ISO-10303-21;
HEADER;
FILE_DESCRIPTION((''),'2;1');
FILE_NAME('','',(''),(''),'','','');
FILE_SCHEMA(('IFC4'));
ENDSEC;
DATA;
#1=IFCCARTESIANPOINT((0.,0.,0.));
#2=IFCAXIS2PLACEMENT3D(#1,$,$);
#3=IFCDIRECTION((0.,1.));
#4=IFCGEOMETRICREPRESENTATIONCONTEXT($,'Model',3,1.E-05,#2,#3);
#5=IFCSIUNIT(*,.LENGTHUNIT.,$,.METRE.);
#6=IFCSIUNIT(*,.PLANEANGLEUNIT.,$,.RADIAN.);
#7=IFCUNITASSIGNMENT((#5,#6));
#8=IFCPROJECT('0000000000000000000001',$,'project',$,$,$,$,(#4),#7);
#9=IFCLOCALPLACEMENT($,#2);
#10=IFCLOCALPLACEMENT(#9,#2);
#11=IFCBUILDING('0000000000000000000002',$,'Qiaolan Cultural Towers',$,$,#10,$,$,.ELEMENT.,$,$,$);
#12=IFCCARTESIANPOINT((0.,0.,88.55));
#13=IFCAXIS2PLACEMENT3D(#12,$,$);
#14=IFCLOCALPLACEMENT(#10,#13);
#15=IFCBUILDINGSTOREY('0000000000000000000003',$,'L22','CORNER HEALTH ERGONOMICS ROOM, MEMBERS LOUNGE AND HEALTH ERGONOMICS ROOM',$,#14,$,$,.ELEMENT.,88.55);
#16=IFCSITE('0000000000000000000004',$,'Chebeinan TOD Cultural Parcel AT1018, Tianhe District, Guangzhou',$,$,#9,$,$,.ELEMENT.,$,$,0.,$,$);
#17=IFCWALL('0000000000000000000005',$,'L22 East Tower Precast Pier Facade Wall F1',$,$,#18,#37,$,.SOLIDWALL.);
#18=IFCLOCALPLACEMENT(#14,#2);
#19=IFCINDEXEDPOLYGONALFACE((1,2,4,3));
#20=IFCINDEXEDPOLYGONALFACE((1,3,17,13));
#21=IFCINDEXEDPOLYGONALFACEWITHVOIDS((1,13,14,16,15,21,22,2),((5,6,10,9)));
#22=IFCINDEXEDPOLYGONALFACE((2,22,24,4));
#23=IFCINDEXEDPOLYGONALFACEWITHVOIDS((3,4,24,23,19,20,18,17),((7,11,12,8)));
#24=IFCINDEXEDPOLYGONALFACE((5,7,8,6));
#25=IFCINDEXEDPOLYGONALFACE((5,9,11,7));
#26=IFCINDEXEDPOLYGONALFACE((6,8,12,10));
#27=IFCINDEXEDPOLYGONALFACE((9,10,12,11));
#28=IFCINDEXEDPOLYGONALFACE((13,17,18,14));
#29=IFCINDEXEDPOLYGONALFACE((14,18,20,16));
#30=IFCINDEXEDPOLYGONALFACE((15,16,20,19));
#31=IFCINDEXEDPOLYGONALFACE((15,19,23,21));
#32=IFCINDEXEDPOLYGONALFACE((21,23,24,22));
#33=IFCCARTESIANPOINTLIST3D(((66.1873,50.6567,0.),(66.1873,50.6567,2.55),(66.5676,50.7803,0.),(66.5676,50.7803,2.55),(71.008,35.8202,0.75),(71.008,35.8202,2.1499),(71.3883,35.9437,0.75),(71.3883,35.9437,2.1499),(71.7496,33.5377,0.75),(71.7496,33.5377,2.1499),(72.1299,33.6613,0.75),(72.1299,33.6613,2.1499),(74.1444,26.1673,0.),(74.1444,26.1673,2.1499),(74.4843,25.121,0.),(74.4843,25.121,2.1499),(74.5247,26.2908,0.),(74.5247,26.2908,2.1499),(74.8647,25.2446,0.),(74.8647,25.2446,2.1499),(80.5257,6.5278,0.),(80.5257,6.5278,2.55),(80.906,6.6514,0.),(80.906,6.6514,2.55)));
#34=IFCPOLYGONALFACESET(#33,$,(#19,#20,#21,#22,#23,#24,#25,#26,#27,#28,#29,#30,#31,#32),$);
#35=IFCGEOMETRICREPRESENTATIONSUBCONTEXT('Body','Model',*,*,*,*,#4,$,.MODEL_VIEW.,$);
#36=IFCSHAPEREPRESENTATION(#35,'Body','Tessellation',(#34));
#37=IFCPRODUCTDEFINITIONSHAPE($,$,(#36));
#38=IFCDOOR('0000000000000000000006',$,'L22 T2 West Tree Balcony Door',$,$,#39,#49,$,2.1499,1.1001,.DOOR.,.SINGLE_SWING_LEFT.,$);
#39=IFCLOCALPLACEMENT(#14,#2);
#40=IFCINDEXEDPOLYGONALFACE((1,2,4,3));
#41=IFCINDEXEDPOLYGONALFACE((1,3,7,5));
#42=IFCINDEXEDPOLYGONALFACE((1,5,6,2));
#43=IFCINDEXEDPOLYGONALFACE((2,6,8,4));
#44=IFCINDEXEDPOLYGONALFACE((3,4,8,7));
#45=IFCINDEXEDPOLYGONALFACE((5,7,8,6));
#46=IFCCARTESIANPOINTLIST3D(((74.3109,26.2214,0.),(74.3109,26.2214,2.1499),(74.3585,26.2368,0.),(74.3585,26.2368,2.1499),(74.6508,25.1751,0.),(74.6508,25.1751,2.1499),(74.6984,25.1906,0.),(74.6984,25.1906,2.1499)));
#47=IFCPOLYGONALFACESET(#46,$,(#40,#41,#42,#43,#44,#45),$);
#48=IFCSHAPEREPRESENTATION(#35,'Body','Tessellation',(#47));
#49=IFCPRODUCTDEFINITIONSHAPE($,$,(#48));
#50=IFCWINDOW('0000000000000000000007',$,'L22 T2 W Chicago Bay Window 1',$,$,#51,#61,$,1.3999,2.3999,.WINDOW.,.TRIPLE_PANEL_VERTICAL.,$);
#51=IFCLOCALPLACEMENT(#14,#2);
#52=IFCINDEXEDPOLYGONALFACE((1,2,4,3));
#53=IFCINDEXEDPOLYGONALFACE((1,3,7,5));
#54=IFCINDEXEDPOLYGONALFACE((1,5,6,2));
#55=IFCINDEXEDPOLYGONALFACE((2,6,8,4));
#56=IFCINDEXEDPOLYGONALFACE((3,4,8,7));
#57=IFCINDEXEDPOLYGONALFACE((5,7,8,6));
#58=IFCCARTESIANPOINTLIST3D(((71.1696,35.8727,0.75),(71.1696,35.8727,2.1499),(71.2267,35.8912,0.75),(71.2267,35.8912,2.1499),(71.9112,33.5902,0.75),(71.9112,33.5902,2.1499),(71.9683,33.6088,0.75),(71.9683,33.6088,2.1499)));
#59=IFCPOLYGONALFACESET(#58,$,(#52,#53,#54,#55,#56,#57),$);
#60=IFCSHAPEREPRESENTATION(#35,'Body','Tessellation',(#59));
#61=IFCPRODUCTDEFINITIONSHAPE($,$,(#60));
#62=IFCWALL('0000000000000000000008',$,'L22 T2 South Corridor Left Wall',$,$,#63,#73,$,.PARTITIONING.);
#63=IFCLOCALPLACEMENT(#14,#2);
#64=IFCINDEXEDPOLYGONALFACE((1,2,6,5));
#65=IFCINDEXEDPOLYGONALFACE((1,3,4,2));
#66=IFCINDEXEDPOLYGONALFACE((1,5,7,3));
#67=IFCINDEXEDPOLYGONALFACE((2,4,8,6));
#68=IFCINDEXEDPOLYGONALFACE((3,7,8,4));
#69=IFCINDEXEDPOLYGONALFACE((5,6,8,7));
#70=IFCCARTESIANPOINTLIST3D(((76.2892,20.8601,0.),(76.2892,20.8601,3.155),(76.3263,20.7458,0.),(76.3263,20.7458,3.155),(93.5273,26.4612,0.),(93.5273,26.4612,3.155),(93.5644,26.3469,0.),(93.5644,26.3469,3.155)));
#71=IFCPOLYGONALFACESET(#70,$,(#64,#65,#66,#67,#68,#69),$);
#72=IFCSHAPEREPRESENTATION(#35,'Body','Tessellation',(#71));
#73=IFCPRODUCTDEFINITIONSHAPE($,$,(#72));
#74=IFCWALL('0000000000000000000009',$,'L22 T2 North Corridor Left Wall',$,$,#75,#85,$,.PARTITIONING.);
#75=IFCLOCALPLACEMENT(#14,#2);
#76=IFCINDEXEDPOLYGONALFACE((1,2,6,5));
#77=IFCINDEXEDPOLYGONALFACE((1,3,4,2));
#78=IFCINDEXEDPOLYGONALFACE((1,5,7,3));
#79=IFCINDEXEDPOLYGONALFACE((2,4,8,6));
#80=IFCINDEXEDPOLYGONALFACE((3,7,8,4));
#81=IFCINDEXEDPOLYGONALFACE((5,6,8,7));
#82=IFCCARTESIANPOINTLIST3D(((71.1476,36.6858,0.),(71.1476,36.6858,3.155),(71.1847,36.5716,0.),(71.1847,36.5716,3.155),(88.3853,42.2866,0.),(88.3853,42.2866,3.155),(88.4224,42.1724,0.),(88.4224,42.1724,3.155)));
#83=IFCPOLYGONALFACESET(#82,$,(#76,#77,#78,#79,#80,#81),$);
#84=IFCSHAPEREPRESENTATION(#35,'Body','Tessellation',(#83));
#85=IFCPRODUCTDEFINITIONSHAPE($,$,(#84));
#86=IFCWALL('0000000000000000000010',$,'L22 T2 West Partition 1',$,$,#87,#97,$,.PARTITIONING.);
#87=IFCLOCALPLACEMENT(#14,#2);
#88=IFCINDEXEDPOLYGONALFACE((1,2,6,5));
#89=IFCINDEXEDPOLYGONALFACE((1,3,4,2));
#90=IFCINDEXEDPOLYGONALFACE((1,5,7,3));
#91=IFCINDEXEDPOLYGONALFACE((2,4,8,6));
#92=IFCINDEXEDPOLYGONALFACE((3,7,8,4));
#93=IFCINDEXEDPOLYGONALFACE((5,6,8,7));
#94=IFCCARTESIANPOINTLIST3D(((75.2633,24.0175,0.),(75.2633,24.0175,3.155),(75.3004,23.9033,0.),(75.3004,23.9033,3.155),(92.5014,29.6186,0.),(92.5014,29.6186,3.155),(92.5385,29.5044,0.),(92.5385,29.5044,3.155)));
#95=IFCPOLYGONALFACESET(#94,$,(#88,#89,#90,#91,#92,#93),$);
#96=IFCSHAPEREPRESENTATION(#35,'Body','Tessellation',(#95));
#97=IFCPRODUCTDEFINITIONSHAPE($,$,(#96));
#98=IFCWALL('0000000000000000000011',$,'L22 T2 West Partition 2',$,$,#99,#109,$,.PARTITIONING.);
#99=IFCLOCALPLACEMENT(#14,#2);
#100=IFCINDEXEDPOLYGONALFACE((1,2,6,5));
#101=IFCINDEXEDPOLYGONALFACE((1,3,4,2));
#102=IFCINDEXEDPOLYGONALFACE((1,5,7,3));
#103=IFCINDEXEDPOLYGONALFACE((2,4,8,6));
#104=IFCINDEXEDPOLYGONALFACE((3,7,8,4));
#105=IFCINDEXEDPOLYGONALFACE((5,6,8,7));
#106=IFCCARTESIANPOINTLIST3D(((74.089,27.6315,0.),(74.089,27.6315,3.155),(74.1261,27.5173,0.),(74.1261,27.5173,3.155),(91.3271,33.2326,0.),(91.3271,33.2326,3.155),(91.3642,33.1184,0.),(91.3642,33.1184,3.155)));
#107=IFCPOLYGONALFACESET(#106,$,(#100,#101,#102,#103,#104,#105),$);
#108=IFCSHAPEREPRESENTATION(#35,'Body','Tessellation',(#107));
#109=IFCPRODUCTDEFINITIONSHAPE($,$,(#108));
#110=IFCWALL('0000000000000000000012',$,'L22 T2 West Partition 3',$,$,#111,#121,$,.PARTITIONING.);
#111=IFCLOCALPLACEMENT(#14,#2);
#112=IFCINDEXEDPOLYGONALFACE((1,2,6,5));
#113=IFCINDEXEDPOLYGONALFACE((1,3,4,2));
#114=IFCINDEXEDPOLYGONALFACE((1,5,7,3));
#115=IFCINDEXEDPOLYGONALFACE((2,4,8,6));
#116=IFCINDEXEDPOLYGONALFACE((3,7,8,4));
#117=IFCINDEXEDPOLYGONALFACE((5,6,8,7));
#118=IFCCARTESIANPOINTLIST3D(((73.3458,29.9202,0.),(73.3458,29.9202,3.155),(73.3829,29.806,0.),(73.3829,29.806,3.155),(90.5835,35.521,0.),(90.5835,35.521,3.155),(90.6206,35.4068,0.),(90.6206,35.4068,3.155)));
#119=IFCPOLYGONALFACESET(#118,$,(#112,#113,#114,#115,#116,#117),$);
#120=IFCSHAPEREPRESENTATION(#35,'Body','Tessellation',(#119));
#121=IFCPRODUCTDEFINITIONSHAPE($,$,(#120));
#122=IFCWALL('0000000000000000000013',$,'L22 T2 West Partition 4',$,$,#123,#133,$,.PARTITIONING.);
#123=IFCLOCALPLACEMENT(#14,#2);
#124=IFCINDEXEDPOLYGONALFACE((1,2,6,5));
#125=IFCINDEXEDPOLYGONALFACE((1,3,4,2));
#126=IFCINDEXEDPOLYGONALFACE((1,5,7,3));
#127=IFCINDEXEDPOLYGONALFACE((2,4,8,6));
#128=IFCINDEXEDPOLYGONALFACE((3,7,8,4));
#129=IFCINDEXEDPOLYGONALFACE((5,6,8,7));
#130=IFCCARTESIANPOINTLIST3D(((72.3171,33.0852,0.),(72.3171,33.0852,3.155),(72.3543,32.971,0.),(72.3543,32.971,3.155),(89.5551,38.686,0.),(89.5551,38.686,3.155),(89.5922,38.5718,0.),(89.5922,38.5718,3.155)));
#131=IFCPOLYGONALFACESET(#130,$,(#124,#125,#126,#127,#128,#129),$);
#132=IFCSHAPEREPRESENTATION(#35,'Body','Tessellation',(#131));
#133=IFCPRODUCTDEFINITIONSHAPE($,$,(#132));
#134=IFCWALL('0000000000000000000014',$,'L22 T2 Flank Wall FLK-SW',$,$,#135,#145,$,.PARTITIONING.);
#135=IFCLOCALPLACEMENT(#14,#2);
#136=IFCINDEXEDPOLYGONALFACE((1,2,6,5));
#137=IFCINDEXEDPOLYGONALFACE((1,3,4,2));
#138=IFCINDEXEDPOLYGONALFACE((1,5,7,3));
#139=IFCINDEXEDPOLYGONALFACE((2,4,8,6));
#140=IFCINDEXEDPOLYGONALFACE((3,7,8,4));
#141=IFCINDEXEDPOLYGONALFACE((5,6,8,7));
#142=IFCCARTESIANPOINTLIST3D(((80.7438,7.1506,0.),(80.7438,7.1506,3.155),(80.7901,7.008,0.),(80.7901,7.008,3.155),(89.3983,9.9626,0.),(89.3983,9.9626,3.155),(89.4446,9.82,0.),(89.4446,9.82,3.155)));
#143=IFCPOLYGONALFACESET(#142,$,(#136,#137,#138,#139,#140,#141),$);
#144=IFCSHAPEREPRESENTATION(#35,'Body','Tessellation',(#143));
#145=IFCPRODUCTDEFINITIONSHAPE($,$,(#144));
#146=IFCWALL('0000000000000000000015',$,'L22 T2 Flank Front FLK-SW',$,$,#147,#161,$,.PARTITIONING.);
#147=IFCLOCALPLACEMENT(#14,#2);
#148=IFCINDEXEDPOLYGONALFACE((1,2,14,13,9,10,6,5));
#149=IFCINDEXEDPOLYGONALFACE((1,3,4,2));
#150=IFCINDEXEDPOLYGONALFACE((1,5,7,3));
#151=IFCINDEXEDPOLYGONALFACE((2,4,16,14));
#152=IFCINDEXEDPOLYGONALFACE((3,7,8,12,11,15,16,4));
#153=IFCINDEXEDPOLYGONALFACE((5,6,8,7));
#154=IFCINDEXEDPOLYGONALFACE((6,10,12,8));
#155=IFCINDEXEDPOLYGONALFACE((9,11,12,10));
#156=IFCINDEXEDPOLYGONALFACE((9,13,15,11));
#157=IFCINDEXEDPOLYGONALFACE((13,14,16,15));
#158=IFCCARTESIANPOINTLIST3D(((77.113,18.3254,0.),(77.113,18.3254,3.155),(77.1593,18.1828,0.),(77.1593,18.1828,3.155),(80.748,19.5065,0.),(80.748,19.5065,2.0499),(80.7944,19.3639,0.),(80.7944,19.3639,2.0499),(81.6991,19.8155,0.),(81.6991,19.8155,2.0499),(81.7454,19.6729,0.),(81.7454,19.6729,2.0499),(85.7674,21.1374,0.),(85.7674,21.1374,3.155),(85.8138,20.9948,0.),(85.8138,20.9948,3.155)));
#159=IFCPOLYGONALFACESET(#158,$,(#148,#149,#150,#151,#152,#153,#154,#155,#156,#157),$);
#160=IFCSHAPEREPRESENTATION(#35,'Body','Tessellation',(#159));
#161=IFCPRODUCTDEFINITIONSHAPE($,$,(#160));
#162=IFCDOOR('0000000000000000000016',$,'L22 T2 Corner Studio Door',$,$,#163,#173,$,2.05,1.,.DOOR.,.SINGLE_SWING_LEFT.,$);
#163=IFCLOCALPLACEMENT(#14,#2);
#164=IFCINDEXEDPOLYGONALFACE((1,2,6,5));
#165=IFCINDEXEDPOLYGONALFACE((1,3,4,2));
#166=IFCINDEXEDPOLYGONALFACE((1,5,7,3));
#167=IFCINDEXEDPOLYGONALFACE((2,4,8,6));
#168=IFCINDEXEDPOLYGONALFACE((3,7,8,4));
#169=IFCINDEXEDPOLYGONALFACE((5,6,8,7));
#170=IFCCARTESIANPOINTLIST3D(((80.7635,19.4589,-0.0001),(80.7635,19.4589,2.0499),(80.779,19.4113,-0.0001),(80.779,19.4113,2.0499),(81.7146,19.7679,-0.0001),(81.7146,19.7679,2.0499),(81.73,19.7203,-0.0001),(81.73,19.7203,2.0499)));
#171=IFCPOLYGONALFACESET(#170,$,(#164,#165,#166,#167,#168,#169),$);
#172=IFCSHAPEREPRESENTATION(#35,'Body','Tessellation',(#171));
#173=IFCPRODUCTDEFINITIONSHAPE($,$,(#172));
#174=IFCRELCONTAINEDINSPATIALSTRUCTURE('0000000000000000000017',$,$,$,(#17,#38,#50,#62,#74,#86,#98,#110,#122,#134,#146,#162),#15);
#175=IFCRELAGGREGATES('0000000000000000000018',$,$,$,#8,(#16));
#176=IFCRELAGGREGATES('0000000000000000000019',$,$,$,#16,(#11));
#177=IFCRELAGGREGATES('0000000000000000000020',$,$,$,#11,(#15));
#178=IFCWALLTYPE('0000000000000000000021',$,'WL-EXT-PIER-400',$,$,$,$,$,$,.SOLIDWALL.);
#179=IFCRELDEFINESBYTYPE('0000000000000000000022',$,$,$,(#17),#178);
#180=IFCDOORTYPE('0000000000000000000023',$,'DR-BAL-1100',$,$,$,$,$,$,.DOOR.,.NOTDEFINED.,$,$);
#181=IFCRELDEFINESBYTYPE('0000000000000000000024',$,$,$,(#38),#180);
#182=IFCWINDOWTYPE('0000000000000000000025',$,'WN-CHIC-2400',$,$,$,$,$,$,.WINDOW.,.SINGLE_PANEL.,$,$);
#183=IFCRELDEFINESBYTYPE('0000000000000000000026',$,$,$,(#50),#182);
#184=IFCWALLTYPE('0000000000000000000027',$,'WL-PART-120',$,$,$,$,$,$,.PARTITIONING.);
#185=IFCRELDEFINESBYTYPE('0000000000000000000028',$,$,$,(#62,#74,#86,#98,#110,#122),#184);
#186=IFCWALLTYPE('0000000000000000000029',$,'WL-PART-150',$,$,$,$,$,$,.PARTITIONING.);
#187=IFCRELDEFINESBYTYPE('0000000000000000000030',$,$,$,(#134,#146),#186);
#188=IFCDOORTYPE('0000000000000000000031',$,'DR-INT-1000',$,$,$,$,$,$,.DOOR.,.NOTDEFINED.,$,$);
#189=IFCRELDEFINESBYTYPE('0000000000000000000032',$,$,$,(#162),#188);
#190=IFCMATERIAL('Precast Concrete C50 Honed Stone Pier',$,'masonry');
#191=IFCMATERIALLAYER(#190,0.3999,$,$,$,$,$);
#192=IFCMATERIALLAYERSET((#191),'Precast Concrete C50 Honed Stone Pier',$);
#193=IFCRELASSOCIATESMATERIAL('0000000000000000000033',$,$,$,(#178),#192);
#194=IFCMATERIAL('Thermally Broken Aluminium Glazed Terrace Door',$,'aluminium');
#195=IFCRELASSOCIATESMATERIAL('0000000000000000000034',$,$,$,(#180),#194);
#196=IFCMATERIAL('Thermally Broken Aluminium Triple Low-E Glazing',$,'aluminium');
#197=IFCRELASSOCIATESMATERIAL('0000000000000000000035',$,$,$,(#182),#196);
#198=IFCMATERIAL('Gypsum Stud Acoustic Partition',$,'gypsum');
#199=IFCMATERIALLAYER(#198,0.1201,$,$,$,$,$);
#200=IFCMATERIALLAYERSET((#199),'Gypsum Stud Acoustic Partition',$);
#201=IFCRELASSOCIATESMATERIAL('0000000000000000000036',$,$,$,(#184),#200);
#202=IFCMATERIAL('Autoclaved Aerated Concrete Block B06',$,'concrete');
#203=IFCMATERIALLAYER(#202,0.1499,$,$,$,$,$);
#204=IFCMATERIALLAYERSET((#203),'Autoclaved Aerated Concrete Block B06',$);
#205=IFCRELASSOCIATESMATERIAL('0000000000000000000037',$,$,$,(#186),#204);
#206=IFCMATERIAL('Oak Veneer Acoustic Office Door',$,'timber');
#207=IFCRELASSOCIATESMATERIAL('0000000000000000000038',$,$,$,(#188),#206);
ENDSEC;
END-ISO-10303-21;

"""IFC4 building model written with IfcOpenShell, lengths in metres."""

from ifc_helpers import new_model, si_unit, direction, frame, frame_2d, origin, place, context, subcontext, project, spatial, rectangle, extrude, material, layer, layer_set, type_object, element, fill, save


model = new_model("IFC4")

# Units and contexts
model_context = context("Model", 3, precision=1e-05, world=origin(), true_north=direction((0.0, 1.0)))
body_context = subcontext(model_context, "Body", "Model", "MODEL_VIEW")
ifc_project = project(units=[si_unit("LENGTHUNIT", "METRE"), si_unit("PLANEANGLEUNIT", "RADIAN")], contexts=[model_context])

# Site, building, storey
site_placement = place(None, origin())
site = spatial("IfcSite", under=ifc_project, at=site_placement, Name="Chebeinan TOD Cultural Parcel AT1018, Tianhe District, Guangzhou", CompositionType="ELEMENT", RefElevation=0.0)
building_placement = place(site_placement, origin())
building = spatial("IfcBuilding", under=site, at=building_placement, Name="Qiaolan Cultural Towers", CompositionType="ELEMENT")
storey_placement = place(building_placement, frame((0.0, 0.0, 88.55)))
storey = spatial("IfcBuildingStorey", under=building, at=storey_placement, Name="L22", Description="CORNER HEALTH ERGONOMICS ROOM, MEMBERS LOUNGE AND HEALTH ERGONOMICS ROOM", CompositionType="ELEMENT", Elevation=88.55)

# Wall, openings, door, window
ifc_material_1 = material(Name="Precast Concrete C50 Honed Stone Pier", Category="masonry")
ifc_layer_1 = layer(ifc_material_1, 0.3999)
ifc_layer_set_1 = layer_set([ifc_layer_1], Name="Precast Concrete C50 Honed Stone Pier")
wall_type_1 = type_object("IfcWallType", Name="WL-EXT-PIER-400", PredefinedType="SOLIDWALL", material=ifc_layer_set_1)
wall_1_placement = place(storey_placement, frame((80.7158, 6.5896, 0.0), z_axis=(0.0, 0.0, 1.0), x_axis=(-0.309018, 0.951056, 0.0)))
wall_1 = element("IfcWall", 1, at=wall_1_placement, inside=storey, type_object=wall_type_1, Name="L22 East Tower Precast Pier Facade Wall F1", PredefinedType="SOLIDWALL", context=body_context, shape_type="SweptSolid", body=[
    extrude(rectangle(XDim=46.3999, YDim=0.3999, at=frame_2d((23.2, 0.0))), origin(), (0.0, 0.0, 1.0), 2.55),
])
opening_1_placement = place(wall_1_placement, frame((28.3999, 0.0, 0.75)))
opening_1 = element("IfcOpeningElement", 2, at=opening_1_placement, cuts=wall_1, PredefinedType="OPENING", context=body_context, shape_type="SweptSolid", body=[
    extrude(rectangle(XDim=2.3999, YDim=1.3999, at=frame_2d((1.2, 0.7))), frame((0.0, 0.21, 0.0), z_axis=(0.0, -1.0, 0.0), x_axis=(1.0, 0.0, 0.0)), (0.0, 0.0, 1.0), 0.4199),
])
opening_2_placement = place(wall_1_placement, frame((19.55, 0.0, 0.0)))
opening_2 = element("IfcOpeningElement", 3, at=opening_2_placement, cuts=wall_1, PredefinedType="OPENING", context=body_context, shape_type="SweptSolid", body=[
    extrude(rectangle(XDim=1.1001, YDim=2.1499, at=frame_2d((0.55, 1.075))), frame((0.0, 0.21, 0.0), z_axis=(0.0, -1.0, 0.0), x_axis=(1.0, 0.0, 0.0)), (0.0, 0.0, 1.0), 0.4199),
])
ifc_material_2 = material(Name="Thermally Broken Aluminium Glazed Terrace Door", Category="aluminium")
door_type_1 = type_object("IfcDoorType", Name="DR-BAL-1100", OperationType="NOTDEFINED", PredefinedType="DOOR", material=ifc_material_2)
door_1_placement = place(opening_2_placement, origin())
door_1 = element("IfcDoor", 4, at=door_1_placement, inside=storey, type_object=door_type_1, Name="L22 T2 West Tree Balcony Door", OperationType="SINGLE_SWING_LEFT", OverallHeight=2.1499, OverallWidth=1.1001, PredefinedType="DOOR", context=body_context, shape_type="SweptSolid", body=[
    extrude(rectangle(XDim=1.1001, YDim=2.1499, at=frame_2d((0.55, 1.075))), frame((0.0, 0.0249, 0.0), z_axis=(0.0, -1.0, 0.0), x_axis=(1.0, 0.0, 0.0)), (0.0, 0.0, 1.0), 0.05),
])
fill(opening_2, door_1)
ifc_material_3 = material(Name="Thermally Broken Aluminium Triple Low-E Glazing", Category="aluminium")
window_type = type_object("IfcWindowType", Name="WN-CHIC-2400", PartitioningType="SINGLE_PANEL", PredefinedType="WINDOW", material=ifc_material_3)
window_placement = place(opening_1_placement, origin())
window = element("IfcWindow", 5, at=window_placement, inside=storey, type_object=window_type, Name="L22 T2 W Chicago Bay Window 1", OverallHeight=1.3999, OverallWidth=2.3999, PartitioningType="TRIPLE_PANEL_VERTICAL", PredefinedType="WINDOW", context=body_context, shape_type="SweptSolid", body=[
    extrude(rectangle(XDim=2.3999, YDim=1.3999, at=frame_2d((1.2, 0.7))), frame((0.0, 0.03, 0.0), z_axis=(0.0, -1.0, 0.0), x_axis=(1.0, 0.0, 0.0)), (0.0, 0.0, 1.0), 0.0601),
])
fill(opening_1, window)

# Walls
ifc_material_4 = material(Name="Gypsum Stud Acoustic Partition", Category="gypsum")
ifc_layer_2 = layer(ifc_material_4, 0.1201)
ifc_layer_set_2 = layer_set([ifc_layer_2], Name="Gypsum Stud Acoustic Partition")
wall_type_2 = type_object("IfcWallType", Name="WL-PART-120", PredefinedType="PARTITIONING", material=ifc_layer_set_2)
wall_2_placement = place(storey_placement, frame((76.3079, 20.803, 0.0), z_axis=(0.0, 0.0, 1.0), x_axis=(0.951055, 0.309022, 0.0)))
element("IfcWall", 6, at=wall_2_placement, inside=storey, type_object=wall_type_2, Name="L22 T2 South Corridor Left Wall", PredefinedType="PARTITIONING", context=body_context, shape_type="SweptSolid", body=[
    extrude(rectangle(XDim=18.1252, YDim=0.1201, at=frame_2d((9.0625, 0.0))), origin(), (0.0, 0.0, 1.0), 3.155),
])
wall_3_placement = place(storey_placement, frame((71.166, 36.6287, 0.0), z_axis=(0.0, 0.0, 1.0), x_axis=(0.951058, 0.309014, 0.0)))
element("IfcWall", 7, at=wall_3_placement, inside=storey, type_object=wall_type_2, Name="L22 T2 North Corridor Left Wall", PredefinedType="PARTITIONING", context=body_context, shape_type="SweptSolid", body=[
    extrude(rectangle(XDim=18.1248, YDim=0.1201, at=frame_2d((9.0625, 0.0))), origin(), (0.0, 0.0, 1.0), 3.155),
])
for number, where, z_axis, x_axis, name in (
    (8, (75.282, 23.9604, 0.0), (0.0, 0.0, 1.0), (0.951055, 0.309022, 0.0), "L22 T2 West Partition 1"),
    (9, (74.1077, 27.5745, 0.0), (0.0, 0.0, 1.0), (0.951055, 0.309022, 0.0), "L22 T2 West Partition 2"),
):
    element("IfcWall", number, at=place(storey_placement, frame(where, z_axis=z_axis, x_axis=x_axis)), inside=storey, type_object=wall_type_2, Name=name, PredefinedType="PARTITIONING", context=body_context, shape_type="SweptSolid", body=[
        extrude(rectangle(XDim=18.1252, YDim=0.1201, at=frame_2d((9.0625, 0.0))), origin(), (0.0, 0.0, 1.0), 3.155),
    ])
wall_4_placement = place(storey_placement, frame((73.3643, 29.863, 0.0), z_axis=(0.0, 0.0, 1.0), x_axis=(0.951058, 0.309014, 0.0)))
element("IfcWall", 10, at=wall_4_placement, inside=storey, type_object=wall_type_2, Name="L22 T2 West Partition 3", PredefinedType="PARTITIONING", context=body_context, shape_type="SweptSolid", body=[
    extrude(rectangle(XDim=18.1248, YDim=0.1201, at=frame_2d((9.0625, 0.0))), origin(), (0.0, 0.0, 1.0), 3.155),
])
wall_5_placement = place(storey_placement, frame((72.3357, 33.0281, 0.0), z_axis=(0.0, 0.0, 1.0), x_axis=(0.951059, 0.30901, 0.0)))
element("IfcWall", 11, at=wall_5_placement, inside=storey, type_object=wall_type_2, Name="L22 T2 West Partition 4", PredefinedType="PARTITIONING", context=body_context, shape_type="SweptSolid", body=[
    extrude(rectangle(XDim=18.125, YDim=0.1201, at=frame_2d((9.0625, 0.0))), origin(), (0.0, 0.0, 1.0), 3.155),
])
ifc_material_5 = material(Name="Autoclaved Aerated Concrete Block B06", Category="concrete")
ifc_layer_3 = layer(ifc_material_5, 0.1499)
ifc_layer_set_3 = layer_set([ifc_layer_3], Name="Autoclaved Aerated Concrete Block B06")
wall_type_3 = type_object("IfcWallType", Name="WL-PART-150", PredefinedType="PARTITIONING", material=ifc_layer_set_3)
wall_6_placement = place(storey_placement, frame((80.7671, 7.0793, 0.0), z_axis=(0.0, 0.0, 1.0), x_axis=(0.951057, 0.309015, 0.0)))
element("IfcWall", 12, at=wall_6_placement, inside=storey, type_object=wall_type_3, Name="L22 T2 Flank Wall FLK-SW", PredefinedType="PARTITIONING", context=body_context, shape_type="SweptSolid", body=[
    extrude(rectangle(XDim=9.0999, YDim=0.1499, at=frame_2d((4.5498, 0.0))), origin(), (0.0, 0.0, 1.0), 3.155),
])

# Wall, opening, door
wall_7_placement = place(storey_placement, frame((77.1362, 18.2542, 0.0), z_axis=(0.0, 0.0, 1.0), x_axis=(0.951057, 0.309015, 0.0)))
wall_7 = element("IfcWall", 13, at=wall_7_placement, inside=storey, type_object=wall_type_3, Name="L22 T2 Flank Front FLK-SW", PredefinedType="PARTITIONING", context=body_context, shape_type="SweptSolid", body=[
    extrude(rectangle(XDim=9.0999, YDim=0.1499, at=frame_2d((4.5498, 0.0))), origin(), (0.0, 0.0, 1.0), 3.155),
])
opening_3_placement = place(wall_7_placement, frame((3.822, 0.0, 0.0)))
opening_3 = element("IfcOpeningElement", 14, at=opening_3_placement, cuts=wall_7, PredefinedType="OPENING", context=body_context, shape_type="SweptSolid", body=[
    extrude(rectangle(XDim=1.0, YDim=2.05, at=frame_2d((0.5, 1.0249))), frame((0.0, 0.085, 0.0), z_axis=(0.0, -1.0, 0.0), x_axis=(1.0, 0.0, 0.0)), (0.0, 0.0, 1.0), 0.1699),
])
ifc_material_6 = material(Name="Oak Veneer Acoustic Office Door", Category="timber")
door_type_2 = type_object("IfcDoorType", Name="DR-INT-1000", OperationType="NOTDEFINED", PredefinedType="DOOR", material=ifc_material_6)
door_2_placement = place(opening_3_placement, origin())
door_2 = element("IfcDoor", 15, at=door_2_placement, inside=storey, type_object=door_type_2, Name="L22 T2 Corner Studio Door", OperationType="SINGLE_SWING_LEFT", OverallHeight=2.05, OverallWidth=1.0, PredefinedType="DOOR", context=body_context, shape_type="SweptSolid", body=[
    extrude(rectangle(XDim=1.0, YDim=2.05, at=frame_2d((0.5, 1.0249))), frame((0.0, 0.0249, 0.0), z_axis=(0.0, -1.0, 0.0), x_axis=(1.0, 0.0, 0.0)), (0.0, 0.0, 1.0), 0.05),
])
fill(opening_3, door_2)

save(model, "model.ifc")
